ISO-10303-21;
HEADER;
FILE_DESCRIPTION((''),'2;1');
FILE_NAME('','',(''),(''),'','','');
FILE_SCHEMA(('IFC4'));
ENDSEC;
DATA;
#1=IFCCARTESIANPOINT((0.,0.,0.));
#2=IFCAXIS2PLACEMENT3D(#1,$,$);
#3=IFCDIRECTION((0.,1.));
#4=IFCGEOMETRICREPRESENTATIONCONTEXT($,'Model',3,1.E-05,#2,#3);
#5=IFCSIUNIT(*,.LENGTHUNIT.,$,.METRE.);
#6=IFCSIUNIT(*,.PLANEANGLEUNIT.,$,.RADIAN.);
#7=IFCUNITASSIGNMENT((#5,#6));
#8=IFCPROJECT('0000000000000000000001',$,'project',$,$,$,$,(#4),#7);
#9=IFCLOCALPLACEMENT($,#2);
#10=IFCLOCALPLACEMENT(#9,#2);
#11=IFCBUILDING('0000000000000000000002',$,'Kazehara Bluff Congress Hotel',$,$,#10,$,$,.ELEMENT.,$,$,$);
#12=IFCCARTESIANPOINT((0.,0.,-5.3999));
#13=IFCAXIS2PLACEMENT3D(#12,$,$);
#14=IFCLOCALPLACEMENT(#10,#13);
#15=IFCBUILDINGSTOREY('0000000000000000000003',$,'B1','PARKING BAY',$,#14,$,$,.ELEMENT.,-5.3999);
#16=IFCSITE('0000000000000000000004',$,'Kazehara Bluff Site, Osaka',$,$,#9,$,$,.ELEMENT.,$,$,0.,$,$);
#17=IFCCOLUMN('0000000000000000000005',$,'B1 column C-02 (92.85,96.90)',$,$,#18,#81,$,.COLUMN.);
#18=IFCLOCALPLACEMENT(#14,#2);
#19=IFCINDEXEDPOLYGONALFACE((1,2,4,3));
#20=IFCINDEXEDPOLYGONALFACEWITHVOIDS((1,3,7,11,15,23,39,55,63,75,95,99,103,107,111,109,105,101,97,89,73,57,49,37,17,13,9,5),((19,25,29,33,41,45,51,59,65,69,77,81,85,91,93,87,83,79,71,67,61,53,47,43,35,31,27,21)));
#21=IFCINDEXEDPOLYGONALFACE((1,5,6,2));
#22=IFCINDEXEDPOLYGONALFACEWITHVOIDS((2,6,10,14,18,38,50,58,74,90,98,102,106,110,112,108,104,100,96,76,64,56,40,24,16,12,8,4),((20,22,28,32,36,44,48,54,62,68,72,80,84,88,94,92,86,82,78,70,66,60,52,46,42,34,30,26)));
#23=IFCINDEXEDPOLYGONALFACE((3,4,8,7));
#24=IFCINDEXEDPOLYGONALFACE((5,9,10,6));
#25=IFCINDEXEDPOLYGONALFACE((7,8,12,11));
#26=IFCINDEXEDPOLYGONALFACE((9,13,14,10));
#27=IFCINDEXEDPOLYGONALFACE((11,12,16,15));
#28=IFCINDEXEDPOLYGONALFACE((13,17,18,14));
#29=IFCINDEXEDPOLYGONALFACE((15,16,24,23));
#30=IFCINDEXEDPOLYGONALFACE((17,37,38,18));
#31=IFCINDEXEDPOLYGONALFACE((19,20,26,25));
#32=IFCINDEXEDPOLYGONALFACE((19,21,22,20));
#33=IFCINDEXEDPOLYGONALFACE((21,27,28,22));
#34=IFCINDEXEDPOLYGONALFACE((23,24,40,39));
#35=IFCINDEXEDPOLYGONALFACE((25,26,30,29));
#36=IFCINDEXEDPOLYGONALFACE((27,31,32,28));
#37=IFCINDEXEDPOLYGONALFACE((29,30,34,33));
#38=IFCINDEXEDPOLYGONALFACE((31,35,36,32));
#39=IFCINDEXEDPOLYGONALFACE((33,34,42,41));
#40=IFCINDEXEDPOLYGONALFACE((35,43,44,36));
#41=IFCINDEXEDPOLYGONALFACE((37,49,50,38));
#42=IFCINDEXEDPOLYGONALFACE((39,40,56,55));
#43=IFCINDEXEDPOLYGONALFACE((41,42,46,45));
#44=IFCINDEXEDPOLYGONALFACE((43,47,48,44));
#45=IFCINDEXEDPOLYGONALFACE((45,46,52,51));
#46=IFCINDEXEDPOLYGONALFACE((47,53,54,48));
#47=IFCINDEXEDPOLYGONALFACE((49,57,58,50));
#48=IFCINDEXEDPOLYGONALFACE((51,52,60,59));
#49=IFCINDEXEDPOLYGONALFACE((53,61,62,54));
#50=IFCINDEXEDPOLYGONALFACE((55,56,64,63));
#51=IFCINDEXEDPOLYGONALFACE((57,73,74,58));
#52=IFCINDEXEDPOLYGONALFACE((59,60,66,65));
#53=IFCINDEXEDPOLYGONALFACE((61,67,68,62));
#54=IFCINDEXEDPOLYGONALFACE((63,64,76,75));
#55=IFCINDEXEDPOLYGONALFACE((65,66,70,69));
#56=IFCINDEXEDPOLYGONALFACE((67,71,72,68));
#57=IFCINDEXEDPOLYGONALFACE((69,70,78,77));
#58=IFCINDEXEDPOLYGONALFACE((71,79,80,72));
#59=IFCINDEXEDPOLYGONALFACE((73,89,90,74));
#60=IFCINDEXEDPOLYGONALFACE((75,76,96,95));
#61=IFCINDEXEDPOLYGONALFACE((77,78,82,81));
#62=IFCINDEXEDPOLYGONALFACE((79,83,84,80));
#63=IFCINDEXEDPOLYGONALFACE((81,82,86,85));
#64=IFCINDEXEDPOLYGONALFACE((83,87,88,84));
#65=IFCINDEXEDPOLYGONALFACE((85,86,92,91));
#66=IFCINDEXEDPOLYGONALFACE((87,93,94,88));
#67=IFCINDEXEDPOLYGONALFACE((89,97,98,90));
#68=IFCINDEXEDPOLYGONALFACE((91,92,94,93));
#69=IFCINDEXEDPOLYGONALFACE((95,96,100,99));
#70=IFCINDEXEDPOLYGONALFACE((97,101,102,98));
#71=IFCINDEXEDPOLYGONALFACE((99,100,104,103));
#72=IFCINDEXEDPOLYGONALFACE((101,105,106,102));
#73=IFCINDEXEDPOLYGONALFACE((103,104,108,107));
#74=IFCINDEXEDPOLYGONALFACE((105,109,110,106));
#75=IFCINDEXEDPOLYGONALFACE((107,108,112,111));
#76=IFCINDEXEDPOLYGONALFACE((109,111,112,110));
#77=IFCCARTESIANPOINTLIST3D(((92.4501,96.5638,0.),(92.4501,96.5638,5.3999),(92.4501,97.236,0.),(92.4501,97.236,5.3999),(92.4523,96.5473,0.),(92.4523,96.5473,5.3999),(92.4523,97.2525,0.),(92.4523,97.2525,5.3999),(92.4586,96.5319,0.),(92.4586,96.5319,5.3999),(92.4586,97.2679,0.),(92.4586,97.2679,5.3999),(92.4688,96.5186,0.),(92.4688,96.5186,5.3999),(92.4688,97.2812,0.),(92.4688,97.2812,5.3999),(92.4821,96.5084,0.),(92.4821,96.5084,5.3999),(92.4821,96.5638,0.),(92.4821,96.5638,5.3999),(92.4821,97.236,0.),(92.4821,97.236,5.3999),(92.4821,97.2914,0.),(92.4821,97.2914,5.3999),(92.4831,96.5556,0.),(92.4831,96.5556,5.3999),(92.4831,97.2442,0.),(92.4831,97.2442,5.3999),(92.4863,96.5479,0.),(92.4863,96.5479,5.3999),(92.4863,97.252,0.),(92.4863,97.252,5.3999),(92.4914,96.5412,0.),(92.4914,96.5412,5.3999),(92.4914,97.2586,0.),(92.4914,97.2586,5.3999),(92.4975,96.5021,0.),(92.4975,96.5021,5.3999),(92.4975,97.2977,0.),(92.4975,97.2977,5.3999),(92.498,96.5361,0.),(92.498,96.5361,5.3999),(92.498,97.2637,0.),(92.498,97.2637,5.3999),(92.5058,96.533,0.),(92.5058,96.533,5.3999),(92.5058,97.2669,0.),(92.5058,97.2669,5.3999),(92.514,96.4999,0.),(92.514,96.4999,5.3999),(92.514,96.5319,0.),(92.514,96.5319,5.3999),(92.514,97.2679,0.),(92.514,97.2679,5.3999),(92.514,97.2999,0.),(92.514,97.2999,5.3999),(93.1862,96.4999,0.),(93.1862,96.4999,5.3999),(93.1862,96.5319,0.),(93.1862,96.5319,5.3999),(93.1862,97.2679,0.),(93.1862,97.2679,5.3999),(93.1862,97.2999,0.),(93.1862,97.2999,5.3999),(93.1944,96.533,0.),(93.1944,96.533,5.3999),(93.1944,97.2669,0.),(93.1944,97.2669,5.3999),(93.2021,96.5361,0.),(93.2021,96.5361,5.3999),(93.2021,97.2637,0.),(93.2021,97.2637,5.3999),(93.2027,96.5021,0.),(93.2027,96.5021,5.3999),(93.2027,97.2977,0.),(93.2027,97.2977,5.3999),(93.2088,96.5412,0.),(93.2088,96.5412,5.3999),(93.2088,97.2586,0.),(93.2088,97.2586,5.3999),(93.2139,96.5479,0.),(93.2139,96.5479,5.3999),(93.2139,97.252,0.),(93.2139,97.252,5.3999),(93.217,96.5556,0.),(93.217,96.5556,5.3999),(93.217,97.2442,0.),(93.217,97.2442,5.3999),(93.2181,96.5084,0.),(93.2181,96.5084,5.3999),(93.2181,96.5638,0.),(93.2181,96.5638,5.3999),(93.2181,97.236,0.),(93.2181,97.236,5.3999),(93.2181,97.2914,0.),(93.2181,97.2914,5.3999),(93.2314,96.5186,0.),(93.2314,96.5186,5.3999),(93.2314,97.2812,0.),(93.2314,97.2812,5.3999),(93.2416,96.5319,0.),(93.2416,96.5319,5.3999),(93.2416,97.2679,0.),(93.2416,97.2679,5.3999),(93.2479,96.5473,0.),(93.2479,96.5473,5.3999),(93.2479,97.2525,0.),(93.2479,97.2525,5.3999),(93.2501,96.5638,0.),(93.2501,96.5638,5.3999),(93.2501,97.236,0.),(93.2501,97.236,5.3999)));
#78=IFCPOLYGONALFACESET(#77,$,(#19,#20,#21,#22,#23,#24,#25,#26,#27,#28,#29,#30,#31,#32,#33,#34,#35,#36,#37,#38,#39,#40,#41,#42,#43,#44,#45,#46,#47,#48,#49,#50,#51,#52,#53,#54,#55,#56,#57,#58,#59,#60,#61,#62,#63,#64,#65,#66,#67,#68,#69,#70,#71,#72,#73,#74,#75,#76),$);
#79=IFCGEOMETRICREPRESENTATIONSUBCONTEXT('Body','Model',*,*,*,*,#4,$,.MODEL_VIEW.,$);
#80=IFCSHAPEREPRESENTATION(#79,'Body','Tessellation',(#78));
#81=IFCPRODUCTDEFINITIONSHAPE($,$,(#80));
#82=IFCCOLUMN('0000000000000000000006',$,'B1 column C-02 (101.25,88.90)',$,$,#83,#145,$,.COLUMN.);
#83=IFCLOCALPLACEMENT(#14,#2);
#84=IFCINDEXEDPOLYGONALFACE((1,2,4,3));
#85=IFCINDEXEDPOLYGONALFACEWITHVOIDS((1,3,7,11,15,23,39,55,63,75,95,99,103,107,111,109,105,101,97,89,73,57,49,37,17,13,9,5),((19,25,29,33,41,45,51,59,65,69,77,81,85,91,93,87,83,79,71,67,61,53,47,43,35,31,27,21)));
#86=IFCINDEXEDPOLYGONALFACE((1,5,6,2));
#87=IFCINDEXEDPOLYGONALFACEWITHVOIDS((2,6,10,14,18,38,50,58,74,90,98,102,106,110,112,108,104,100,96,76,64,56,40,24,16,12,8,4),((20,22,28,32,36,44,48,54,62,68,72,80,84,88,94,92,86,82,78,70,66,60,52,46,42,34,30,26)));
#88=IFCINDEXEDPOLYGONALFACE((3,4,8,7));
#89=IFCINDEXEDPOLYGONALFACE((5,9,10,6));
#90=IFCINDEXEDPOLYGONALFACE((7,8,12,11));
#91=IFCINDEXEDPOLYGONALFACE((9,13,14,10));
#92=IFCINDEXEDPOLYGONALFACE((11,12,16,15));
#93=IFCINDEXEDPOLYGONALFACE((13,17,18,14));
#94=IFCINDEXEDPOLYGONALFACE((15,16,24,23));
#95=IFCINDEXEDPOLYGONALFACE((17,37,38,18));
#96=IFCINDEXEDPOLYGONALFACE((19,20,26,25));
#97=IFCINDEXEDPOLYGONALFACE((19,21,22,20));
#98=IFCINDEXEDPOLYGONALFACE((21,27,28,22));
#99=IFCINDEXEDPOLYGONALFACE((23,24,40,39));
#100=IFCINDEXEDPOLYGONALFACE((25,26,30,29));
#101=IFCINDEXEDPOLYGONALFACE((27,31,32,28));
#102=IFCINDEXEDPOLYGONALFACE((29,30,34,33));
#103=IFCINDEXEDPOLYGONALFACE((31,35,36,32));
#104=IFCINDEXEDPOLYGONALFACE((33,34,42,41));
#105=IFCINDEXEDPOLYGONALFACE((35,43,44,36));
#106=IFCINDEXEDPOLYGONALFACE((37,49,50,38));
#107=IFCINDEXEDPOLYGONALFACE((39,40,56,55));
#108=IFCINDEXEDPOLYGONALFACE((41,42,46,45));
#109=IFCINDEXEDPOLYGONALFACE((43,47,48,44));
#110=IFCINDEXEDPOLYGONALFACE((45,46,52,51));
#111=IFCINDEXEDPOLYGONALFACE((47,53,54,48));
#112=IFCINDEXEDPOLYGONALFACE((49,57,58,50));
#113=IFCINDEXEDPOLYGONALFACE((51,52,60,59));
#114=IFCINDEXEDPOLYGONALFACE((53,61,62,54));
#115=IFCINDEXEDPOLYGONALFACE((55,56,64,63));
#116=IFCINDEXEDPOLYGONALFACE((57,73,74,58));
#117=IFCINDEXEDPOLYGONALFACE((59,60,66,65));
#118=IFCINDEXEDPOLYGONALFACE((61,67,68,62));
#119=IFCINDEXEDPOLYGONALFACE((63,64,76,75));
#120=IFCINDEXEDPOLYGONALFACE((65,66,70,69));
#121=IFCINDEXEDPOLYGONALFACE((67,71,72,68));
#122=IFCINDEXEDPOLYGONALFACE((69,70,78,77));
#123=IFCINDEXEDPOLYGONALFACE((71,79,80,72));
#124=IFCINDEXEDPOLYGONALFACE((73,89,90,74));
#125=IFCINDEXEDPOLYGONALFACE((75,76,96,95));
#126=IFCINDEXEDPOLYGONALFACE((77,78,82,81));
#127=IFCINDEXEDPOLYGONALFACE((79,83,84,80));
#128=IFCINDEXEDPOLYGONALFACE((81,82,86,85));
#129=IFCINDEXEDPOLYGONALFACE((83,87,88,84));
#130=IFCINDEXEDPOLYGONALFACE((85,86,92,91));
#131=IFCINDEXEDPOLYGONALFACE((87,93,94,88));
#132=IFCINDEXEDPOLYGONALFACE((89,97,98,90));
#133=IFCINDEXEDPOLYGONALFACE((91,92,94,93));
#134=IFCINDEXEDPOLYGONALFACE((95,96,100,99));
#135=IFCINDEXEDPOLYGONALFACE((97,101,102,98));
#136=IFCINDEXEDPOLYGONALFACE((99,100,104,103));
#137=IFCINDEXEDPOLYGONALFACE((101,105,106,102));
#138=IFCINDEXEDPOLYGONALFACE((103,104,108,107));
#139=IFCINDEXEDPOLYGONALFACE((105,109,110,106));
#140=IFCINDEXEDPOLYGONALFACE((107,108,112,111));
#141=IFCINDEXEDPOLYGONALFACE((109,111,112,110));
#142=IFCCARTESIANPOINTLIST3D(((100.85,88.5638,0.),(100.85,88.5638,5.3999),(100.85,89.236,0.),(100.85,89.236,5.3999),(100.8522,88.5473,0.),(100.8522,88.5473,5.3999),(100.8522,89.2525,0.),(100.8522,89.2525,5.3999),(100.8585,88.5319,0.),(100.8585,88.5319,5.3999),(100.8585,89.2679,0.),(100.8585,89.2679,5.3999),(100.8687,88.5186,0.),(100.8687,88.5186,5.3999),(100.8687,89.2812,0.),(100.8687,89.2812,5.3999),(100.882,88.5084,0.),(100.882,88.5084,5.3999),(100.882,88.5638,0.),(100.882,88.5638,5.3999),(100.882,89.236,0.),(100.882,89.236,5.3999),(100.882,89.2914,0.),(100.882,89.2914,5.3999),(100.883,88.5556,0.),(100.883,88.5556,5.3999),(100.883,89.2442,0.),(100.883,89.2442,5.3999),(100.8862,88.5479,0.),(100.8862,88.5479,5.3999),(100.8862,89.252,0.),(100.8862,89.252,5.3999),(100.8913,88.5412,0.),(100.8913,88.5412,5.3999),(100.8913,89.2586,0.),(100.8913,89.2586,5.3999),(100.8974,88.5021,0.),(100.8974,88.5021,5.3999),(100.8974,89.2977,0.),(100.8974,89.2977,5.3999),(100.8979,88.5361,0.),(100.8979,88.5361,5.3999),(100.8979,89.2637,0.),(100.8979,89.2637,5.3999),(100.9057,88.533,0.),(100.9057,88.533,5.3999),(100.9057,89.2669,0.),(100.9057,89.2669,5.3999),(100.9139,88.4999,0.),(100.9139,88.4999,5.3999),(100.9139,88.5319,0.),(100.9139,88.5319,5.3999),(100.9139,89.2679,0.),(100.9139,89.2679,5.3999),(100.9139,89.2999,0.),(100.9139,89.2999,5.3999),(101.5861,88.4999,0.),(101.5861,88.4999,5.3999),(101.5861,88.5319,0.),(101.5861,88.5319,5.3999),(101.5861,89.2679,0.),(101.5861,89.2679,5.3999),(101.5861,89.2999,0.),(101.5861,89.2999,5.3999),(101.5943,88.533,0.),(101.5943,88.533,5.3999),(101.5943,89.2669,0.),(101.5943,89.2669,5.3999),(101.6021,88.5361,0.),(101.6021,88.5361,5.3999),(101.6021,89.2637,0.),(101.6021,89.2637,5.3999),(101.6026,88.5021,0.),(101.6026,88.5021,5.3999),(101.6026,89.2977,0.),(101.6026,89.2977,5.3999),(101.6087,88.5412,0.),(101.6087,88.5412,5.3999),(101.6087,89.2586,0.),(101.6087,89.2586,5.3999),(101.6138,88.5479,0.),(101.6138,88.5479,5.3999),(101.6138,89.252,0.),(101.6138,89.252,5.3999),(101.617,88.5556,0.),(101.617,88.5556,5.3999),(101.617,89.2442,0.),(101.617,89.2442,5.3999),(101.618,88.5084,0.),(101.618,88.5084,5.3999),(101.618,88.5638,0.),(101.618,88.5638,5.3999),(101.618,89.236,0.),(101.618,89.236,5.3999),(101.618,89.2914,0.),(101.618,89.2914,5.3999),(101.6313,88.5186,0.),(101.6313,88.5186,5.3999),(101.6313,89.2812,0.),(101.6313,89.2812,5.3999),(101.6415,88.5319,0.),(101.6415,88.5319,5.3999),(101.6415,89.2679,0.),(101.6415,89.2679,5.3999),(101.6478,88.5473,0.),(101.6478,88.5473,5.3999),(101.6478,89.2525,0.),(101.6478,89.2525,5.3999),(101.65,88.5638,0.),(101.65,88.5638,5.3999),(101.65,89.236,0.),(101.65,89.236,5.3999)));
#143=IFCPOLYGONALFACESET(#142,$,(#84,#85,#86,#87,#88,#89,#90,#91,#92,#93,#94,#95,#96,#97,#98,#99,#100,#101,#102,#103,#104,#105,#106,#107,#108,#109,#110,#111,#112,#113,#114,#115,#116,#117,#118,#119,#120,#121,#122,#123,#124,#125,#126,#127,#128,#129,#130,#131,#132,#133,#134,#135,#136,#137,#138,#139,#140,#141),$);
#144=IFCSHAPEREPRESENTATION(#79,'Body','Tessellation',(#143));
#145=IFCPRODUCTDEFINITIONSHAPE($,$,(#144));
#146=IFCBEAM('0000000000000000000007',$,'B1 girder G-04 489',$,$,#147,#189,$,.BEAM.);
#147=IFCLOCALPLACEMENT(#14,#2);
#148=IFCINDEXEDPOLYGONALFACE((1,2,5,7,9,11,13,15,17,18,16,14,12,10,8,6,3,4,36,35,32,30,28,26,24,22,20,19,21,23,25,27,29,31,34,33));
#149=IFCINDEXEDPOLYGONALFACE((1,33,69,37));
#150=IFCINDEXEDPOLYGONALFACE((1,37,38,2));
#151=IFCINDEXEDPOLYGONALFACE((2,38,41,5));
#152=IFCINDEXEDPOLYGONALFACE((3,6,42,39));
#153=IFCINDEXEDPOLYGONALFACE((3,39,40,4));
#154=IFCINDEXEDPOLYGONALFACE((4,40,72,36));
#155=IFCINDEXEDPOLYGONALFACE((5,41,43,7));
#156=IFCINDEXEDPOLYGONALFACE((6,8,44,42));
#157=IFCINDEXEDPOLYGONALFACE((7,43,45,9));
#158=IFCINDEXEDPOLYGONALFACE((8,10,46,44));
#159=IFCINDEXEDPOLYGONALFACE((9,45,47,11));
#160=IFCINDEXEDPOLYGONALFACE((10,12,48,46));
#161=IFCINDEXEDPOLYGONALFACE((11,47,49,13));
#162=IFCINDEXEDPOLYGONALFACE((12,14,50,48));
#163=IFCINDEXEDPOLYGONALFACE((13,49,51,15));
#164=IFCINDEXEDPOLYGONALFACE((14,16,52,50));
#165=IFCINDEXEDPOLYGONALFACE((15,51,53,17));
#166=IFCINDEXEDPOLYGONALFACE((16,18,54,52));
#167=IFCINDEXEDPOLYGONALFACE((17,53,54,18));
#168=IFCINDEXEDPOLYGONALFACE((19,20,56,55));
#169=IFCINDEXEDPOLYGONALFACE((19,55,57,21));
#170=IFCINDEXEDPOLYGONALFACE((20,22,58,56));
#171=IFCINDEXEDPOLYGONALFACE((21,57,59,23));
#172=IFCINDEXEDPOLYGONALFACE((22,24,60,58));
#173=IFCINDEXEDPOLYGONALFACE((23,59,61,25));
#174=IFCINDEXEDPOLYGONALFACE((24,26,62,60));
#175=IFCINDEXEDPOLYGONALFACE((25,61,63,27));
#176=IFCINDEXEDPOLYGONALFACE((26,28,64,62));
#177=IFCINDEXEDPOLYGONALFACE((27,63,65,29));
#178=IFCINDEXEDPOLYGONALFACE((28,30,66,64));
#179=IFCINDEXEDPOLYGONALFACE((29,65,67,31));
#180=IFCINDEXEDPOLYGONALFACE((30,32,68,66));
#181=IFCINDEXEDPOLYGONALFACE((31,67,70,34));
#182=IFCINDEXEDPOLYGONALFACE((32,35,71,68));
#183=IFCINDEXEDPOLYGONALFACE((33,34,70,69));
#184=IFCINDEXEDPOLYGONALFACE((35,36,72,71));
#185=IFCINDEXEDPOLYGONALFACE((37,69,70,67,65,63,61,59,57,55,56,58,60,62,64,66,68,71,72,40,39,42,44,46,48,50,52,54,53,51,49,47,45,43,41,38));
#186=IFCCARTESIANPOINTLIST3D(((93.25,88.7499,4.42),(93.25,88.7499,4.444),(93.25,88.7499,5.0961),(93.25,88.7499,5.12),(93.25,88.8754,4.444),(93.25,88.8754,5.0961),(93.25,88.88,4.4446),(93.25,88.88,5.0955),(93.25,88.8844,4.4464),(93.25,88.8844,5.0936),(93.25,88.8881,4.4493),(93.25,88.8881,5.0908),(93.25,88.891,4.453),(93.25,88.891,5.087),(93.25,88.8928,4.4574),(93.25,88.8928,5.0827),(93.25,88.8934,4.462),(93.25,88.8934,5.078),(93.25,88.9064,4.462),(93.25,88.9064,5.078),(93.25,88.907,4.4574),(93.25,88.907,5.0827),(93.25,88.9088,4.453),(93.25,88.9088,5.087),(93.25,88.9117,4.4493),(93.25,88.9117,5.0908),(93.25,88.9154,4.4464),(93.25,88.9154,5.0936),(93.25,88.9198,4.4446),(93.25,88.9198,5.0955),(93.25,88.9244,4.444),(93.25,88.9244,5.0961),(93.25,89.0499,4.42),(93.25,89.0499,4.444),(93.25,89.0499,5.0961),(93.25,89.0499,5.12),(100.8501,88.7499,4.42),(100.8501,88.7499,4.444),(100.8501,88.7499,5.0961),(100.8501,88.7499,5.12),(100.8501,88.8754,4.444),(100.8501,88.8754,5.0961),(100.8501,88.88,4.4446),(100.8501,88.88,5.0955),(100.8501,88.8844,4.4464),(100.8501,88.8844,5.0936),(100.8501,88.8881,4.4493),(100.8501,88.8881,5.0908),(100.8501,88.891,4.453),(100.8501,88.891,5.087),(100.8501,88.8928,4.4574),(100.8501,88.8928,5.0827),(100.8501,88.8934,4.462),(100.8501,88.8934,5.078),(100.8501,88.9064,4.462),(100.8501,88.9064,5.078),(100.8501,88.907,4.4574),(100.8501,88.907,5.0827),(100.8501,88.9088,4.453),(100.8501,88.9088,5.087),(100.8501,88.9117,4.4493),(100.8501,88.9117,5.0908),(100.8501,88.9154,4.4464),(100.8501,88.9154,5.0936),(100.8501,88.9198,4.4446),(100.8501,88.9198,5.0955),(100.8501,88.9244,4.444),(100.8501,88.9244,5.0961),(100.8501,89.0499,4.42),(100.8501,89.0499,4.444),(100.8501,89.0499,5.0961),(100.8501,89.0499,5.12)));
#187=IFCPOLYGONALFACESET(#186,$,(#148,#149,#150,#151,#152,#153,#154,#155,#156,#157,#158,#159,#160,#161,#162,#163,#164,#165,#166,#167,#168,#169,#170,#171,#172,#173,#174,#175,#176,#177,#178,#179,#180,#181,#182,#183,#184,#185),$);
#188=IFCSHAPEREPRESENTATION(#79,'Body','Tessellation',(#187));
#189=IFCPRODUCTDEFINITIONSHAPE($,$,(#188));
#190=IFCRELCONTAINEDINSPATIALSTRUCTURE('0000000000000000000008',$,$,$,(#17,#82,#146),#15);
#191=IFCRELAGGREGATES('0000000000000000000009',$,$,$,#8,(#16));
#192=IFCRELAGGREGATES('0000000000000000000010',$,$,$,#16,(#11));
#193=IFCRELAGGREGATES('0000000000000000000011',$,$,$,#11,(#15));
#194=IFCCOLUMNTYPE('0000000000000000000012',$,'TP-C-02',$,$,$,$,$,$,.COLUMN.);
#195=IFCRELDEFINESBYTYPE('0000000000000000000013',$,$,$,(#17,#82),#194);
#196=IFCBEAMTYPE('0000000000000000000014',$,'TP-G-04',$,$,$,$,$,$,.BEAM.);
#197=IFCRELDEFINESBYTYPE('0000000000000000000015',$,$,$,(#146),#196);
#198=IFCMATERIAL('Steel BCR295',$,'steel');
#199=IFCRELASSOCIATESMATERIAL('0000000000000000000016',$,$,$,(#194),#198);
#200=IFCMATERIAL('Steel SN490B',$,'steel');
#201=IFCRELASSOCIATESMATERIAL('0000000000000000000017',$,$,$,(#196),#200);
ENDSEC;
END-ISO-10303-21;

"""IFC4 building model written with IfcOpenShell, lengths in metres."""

from ifc_helpers import new_model, si_unit, direction, frame, origin, origin_2d, place, context, subcontext, project, spatial, hollow_rectangle, i_section, extrude, material, material_profile, profile_set, type_object, element, save


model = new_model("IFC4")

# Units and contexts
model_context = context("Model", 3, precision=1e-05, world=origin(), true_north=direction((0.0, 1.0)))
body_context = subcontext(model_context, "Body", "Model", "MODEL_VIEW")
ifc_project = project(units=[si_unit("LENGTHUNIT", "METRE"), si_unit("PLANEANGLEUNIT", "RADIAN")], contexts=[model_context])

# Site, building, storey
site_placement = place(None, origin())
site = spatial("IfcSite", under=ifc_project, at=site_placement, Name="Kazehara Bluff Site, Osaka", CompositionType="ELEMENT", RefElevation=0.0)
building_placement = place(site_placement, origin())
building = spatial("IfcBuilding", under=site, at=building_placement, Name="Kazehara Bluff Congress Hotel", CompositionType="ELEMENT")
storey_placement = place(building_placement, frame((0.0, 0.0, -5.3999)))
storey = spatial("IfcBuildingStorey", under=building, at=storey_placement, Name="B1", Description="PARKING BAY", CompositionType="ELEMENT", Elevation=-5.3999)

# Columns
ifc_material_1 = material(Name="Steel BCR295", Category="steel")
ifc_material_profile_1 = material_profile(ifc_material_1, hollow_rectangle(XDim=0.8, YDim=0.8, WallThickness=0.032, InnerFilletRadius=0.032, OuterFilletRadius=0.064, at=origin_2d()))
ifc_profile_set_1 = profile_set([ifc_material_profile_1], Name="Steel BCR295")
column_type = type_object("IfcColumnType", Name="TP-C-02", PredefinedType="COLUMN", material=ifc_profile_set_1)
for number, where, z_axis, x_axis, name in (
    (1, (92.8501, 96.8999, 0.0), (0.0, 0.0, 1.0), (1.0, 0.0, 0.0), "B1 column C-02 (92.85,96.90)"),
    (2, (101.25, 88.8999, 0.0), (0.0, 0.0, 1.0), (1.0, 0.0, 0.0), "B1 column C-02 (101.25,88.90)"),
):
    element("IfcColumn", number, at=place(storey_placement, frame(where, z_axis=z_axis, x_axis=x_axis)), inside=storey, type_object=column_type, Name=name, PredefinedType="COLUMN", context=body_context, shape_type="SweptSolid", body=[
        extrude(hollow_rectangle(XDim=0.8, YDim=0.8, WallThickness=0.032, InnerFilletRadius=0.032, OuterFilletRadius=0.064, at=origin_2d()), origin(), (0.0, 0.0, 1.0), 5.3999),
    ])

# Beam
ifc_material_2 = material(Name="Steel SN490B", Category="steel")
ifc_material_profile_2 = material_profile(ifc_material_2, i_section(OverallWidth=0.3, OverallDepth=0.7, WebThickness=0.0129, FlangeThickness=0.0239, FilletRadius=0.0181, at=origin_2d()))
ifc_profile_set_2 = profile_set([ifc_material_profile_2], Name="Steel SN490B")
beam_type_1 = type_object("IfcBeamType", Name="TP-G-04", PredefinedType="BEAM", material=ifc_profile_set_2)
beam_1_placement = place(storey_placement, frame((93.25, 88.8999, 4.77), z_axis=(1.0, 0.0, 0.0), x_axis=(0.0, 1.0, 0.0)))
element("IfcBeam", 3, at=beam_1_placement, inside=storey, type_object=beam_type_1, Name="B1 girder G-04 489", PredefinedType="BEAM", context=body_context, shape_type="SweptSolid", body=[
    extrude(i_section(OverallWidth=0.3, OverallDepth=0.7, WebThickness=0.0129, FlangeThickness=0.0239, FilletRadius=0.0181, at=origin_2d()), origin(), (0.0, 0.0, 1.0), 7.6001),
])

save(model, "model.ifc")
